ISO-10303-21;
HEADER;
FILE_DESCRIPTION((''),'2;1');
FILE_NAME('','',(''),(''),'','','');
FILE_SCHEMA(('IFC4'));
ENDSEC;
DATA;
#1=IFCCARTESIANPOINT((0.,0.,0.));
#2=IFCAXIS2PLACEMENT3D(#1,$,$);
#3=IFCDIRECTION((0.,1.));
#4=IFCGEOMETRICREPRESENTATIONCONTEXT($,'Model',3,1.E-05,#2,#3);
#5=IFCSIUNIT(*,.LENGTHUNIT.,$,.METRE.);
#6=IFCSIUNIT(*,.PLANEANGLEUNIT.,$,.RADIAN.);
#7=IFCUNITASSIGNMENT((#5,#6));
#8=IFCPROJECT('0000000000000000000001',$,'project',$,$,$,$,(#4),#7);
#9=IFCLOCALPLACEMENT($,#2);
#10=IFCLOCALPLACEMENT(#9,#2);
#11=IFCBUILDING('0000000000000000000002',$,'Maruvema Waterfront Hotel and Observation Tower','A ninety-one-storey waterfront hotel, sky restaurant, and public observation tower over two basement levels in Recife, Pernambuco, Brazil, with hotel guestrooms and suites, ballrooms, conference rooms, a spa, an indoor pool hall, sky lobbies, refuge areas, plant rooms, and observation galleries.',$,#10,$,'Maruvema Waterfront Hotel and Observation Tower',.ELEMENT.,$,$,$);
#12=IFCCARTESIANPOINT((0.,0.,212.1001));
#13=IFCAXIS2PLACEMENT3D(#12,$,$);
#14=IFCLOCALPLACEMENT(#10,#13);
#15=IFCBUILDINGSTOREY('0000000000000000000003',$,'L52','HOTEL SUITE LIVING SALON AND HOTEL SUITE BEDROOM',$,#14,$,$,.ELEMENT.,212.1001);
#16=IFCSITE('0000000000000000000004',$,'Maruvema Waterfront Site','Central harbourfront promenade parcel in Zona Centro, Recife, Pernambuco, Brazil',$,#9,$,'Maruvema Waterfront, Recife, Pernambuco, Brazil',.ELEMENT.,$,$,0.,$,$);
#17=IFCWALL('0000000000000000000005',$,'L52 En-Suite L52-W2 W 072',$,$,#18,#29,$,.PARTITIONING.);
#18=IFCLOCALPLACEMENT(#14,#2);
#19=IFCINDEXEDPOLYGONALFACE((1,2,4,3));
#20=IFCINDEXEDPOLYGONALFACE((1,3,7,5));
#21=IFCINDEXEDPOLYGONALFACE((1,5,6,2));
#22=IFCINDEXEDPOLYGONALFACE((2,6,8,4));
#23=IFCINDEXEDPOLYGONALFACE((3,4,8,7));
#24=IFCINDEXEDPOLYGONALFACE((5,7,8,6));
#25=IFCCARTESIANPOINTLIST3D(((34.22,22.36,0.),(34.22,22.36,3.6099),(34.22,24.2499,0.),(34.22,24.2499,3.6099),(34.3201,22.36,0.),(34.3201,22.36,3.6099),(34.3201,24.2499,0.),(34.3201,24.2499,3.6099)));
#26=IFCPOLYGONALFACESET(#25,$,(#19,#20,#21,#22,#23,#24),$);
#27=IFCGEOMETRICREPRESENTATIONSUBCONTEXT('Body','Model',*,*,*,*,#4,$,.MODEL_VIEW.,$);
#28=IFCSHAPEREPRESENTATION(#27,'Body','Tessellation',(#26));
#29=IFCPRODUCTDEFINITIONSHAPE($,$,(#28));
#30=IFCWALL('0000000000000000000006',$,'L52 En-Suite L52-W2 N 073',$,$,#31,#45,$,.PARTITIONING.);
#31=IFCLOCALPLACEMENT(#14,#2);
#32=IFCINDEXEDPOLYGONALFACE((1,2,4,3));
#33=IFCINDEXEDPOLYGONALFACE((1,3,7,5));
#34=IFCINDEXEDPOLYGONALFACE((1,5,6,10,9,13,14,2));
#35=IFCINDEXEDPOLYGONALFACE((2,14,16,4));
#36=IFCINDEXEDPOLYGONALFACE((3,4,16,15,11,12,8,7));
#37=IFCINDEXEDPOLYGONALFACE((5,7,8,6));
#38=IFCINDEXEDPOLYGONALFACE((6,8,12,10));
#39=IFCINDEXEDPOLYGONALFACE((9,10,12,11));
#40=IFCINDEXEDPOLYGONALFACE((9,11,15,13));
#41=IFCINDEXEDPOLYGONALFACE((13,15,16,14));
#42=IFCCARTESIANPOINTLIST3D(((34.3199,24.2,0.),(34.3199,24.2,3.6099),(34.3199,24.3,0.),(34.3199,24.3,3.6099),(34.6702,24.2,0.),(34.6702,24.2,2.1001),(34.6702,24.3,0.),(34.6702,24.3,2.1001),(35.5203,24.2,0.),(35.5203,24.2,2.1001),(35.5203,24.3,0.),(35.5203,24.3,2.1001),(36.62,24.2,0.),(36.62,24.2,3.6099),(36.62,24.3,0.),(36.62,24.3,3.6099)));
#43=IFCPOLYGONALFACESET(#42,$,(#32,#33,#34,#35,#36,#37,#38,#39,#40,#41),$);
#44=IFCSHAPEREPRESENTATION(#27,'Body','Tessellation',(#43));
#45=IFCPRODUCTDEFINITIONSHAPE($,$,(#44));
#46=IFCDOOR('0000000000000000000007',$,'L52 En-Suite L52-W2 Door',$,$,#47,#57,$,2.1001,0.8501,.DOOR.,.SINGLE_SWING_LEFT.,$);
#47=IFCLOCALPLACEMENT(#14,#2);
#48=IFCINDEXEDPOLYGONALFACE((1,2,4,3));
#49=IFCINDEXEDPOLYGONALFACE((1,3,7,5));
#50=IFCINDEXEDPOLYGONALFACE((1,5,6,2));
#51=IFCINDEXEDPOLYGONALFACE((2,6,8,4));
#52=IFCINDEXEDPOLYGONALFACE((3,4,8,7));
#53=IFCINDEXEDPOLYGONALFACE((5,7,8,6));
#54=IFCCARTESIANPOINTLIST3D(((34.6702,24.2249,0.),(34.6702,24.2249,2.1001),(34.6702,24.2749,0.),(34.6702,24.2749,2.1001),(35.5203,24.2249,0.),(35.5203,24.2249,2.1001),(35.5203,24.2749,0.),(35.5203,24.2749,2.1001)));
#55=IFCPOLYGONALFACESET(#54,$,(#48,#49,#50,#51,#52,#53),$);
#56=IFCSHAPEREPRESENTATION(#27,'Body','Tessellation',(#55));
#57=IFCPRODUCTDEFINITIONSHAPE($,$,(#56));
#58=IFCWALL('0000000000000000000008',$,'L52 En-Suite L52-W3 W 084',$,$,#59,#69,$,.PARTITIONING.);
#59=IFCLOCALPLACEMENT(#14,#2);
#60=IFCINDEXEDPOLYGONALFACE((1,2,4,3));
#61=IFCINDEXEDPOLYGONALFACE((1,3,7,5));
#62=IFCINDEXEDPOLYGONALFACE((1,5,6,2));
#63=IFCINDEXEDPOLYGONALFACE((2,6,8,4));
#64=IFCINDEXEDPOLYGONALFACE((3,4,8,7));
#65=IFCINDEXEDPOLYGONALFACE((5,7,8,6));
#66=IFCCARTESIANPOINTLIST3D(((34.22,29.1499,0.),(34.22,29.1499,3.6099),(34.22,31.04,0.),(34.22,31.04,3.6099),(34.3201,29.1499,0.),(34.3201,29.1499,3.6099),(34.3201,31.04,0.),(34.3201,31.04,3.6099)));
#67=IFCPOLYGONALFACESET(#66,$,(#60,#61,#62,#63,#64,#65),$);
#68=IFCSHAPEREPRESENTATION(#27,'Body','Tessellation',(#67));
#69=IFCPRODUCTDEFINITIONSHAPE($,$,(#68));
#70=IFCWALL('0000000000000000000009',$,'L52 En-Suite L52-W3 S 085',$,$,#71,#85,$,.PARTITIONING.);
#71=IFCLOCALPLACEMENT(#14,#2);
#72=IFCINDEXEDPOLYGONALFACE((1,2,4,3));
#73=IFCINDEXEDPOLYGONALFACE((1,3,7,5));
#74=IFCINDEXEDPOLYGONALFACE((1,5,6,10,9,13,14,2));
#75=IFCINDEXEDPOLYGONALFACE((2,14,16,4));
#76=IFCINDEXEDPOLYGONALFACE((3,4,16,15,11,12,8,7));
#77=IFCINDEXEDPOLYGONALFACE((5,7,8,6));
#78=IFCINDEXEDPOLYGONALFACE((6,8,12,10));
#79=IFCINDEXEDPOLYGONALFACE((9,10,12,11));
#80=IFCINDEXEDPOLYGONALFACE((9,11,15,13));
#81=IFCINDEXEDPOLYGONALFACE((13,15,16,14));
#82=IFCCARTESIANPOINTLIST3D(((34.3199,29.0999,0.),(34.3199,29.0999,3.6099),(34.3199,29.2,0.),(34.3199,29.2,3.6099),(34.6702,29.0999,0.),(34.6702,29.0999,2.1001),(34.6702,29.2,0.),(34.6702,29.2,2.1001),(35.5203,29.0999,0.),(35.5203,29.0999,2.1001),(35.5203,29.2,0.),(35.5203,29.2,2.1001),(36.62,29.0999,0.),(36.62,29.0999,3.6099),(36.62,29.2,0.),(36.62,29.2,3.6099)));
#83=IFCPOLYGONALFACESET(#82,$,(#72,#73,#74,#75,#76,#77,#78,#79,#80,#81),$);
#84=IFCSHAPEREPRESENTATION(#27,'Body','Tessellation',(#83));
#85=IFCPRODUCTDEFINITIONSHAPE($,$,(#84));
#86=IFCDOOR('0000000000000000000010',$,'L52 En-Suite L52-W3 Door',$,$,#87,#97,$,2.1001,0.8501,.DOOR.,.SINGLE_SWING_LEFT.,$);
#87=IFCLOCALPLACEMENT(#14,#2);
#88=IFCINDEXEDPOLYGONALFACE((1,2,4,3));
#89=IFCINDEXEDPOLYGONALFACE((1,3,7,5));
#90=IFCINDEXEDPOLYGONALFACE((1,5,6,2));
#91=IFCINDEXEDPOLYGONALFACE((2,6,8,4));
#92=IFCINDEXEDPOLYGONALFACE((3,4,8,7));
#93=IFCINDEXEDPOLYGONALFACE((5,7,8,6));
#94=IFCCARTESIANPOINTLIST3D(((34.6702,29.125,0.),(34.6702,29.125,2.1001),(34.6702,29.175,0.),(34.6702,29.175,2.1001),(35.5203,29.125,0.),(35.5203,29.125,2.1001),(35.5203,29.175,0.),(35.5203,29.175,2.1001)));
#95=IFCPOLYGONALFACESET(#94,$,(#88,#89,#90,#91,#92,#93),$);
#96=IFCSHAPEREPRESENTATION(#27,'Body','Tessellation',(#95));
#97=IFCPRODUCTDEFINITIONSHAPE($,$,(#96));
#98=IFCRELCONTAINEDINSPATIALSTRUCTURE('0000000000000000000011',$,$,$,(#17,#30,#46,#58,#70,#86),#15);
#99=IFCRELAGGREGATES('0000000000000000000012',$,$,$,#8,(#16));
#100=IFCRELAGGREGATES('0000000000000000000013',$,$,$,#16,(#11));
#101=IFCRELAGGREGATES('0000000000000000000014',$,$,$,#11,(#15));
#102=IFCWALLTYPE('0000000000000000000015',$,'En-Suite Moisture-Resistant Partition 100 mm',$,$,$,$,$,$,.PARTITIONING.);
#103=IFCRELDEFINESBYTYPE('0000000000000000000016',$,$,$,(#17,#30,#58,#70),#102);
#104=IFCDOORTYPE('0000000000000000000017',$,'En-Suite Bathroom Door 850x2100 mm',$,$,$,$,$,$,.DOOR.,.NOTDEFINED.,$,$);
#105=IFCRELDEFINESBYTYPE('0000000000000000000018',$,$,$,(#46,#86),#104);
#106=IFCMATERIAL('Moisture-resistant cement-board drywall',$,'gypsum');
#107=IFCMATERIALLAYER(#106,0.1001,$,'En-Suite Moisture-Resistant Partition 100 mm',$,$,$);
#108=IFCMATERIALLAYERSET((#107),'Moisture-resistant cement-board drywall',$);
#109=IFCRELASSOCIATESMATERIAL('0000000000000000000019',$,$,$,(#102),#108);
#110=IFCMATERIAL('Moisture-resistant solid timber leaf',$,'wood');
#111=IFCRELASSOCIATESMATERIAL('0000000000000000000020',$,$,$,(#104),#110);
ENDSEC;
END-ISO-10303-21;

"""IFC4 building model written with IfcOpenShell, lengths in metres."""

from ifc_helpers import new_model, si_unit, direction, frame, frame_2d, origin, place, context, subcontext, project, spatial, rectangle, extrude, material, layer, layer_set, type_object, element, fill, save


model = new_model("IFC4")

# Units and contexts
model_context = context("Model", 3, precision=1e-05, world=origin(), true_north=direction((0.0, 1.0)))
body_context = subcontext(model_context, "Body", "Model", "MODEL_VIEW")
ifc_project = project(units=[si_unit("LENGTHUNIT", "METRE"), si_unit("PLANEANGLEUNIT", "RADIAN")], contexts=[model_context])

# Site, building, storey
site_placement = place(None, origin())
site = spatial("IfcSite", under=ifc_project, at=site_placement, Name="Maruvema Waterfront Site", Description="Central harbourfront promenade parcel in Zona Centro, Recife, Pernambuco, Brazil", LongName="Maruvema Waterfront, Recife, Pernambuco, Brazil", CompositionType="ELEMENT", RefElevation=0.0)
building_placement = place(site_placement, origin())
building = spatial("IfcBuilding", under=site, at=building_placement, Name="Maruvema Waterfront Hotel and Observation Tower", Description="A ninety-one-storey waterfront hotel, sky restaurant, and public observation tower over two basement levels in Recife, Pernambuco, Brazil, with hotel guestrooms and suites, ballrooms, conference rooms, a spa, an indoor pool hall, sky lobbies, refuge areas, plant rooms, and observation galleries.", LongName="Maruvema Waterfront Hotel and Observation Tower", CompositionType="ELEMENT")
storey_placement = place(building_placement, frame((0.0, 0.0, 212.1001)))
storey = spatial("IfcBuildingStorey", under=building, at=storey_placement, Name="L52", Description="HOTEL SUITE LIVING SALON AND HOTEL SUITE BEDROOM", CompositionType="ELEMENT", Elevation=212.1001)

# Shared definitions
ifc_material_1 = material(Name="Moisture-resistant cement-board drywall", Category="gypsum")
ifc_layer_1 = layer(ifc_material_1, 0.1001, Name="En-Suite Moisture-Resistant Partition 100 mm")
ifc_layer_set_1 = layer_set([ifc_layer_1], Name="Moisture-resistant cement-board drywall")
wall_type_1 = type_object("IfcWallType", Name="En-Suite Moisture-Resistant Partition 100 mm", PredefinedType="PARTITIONING", material=ifc_layer_set_1)

# Shared definitions
ifc_material_2 = material(Name="Moisture-resistant solid timber leaf", Category="wood")
door_type_1 = type_object("IfcDoorType", Name="En-Suite Bathroom Door 850x2100 mm", OperationType="NOTDEFINED", PredefinedType="DOOR", material=ifc_material_2)

# Wall
wall_1_placement = place(storey_placement, frame((34.27, 22.3601, 0.0), z_axis=(0.0, 0.0, 1.0), x_axis=(0.0, 1.0, 0.0)))
element("IfcWall", 1, at=wall_1_placement, inside=storey, type_object=wall_type_1, Name="L52 En-Suite L52-W2 W 072", PredefinedType="PARTITIONING", context=body_context, shape_type="SweptSolid", body=[
    extrude(rectangle(XDim=1.8899, YDim=0.1001, at=frame_2d((0.9448, 0.0))), origin(), (0.0, 0.0, 1.0), 3.6099),
])

# Wall, opening, door
wall_2_placement = place(storey_placement, frame((34.3201, 24.25, 0.0), z_axis=(0.0, 0.0, 1.0), x_axis=(1.0, 0.0, 0.0)))
wall_2 = element("IfcWall", 2, at=wall_2_placement, inside=storey, type_object=wall_type_1, Name="L52 En-Suite L52-W2 N 073", PredefinedType="PARTITIONING", context=body_context, shape_type="SweptSolid", body=[
    extrude(rectangle(XDim=2.3, YDim=0.1001, at=frame_2d((1.1499, 0.0))), origin(), (0.0, 0.0, 1.0), 3.6099),
])
opening_1_placement = place(wall_2_placement, frame((0.3501, 0.0, 0.0)))
opening_1 = element("IfcOpeningElement", 3, at=opening_1_placement, cuts=wall_2, PredefinedType="OPENING", context=body_context, shape_type="SweptSolid", body=[
    extrude(rectangle(XDim=0.8501, YDim=2.1001, at=frame_2d((0.425, 1.05))), frame((0.0, 0.0601, 0.0), z_axis=(0.0, -1.0, 0.0), x_axis=(1.0, 0.0, 0.0)), (0.0, 0.0, 1.0), 0.1201),
])
door_1_placement = place(opening_1_placement, origin())
door_1 = element("IfcDoor", 4, at=door_1_placement, inside=storey, type_object=door_type_1, Name="L52 En-Suite L52-W2 Door", OperationType="SINGLE_SWING_LEFT", OverallHeight=2.1001, OverallWidth=0.8501, PredefinedType="DOOR", context=body_context, shape_type="SweptSolid", body=[
    extrude(rectangle(XDim=0.8501, YDim=2.1001, at=frame_2d((0.425, 1.05))), frame((0.0, 0.0249, 0.0), z_axis=(0.0, -1.0, 0.0), x_axis=(1.0, 0.0, 0.0)), (0.0, 0.0, 1.0), 0.05),
])
fill(opening_1, door_1)

# Wall
wall_3_placement = place(storey_placement, frame((34.27, 29.1499, 0.0), z_axis=(0.0, 0.0, 1.0), x_axis=(0.0, 1.0, 0.0)))
element("IfcWall", 5, at=wall_3_placement, inside=storey, type_object=wall_type_1, Name="L52 En-Suite L52-W3 W 084", PredefinedType="PARTITIONING", context=body_context, shape_type="SweptSolid", body=[
    extrude(rectangle(XDim=1.8901, YDim=0.1001, at=frame_2d((0.9451, 0.0))), origin(), (0.0, 0.0, 1.0), 3.6099),
])

# Wall, opening, door
wall_4_placement = place(storey_placement, frame((34.3201, 29.1499, 0.0), z_axis=(0.0, 0.0, 1.0), x_axis=(1.0, 0.0, 0.0)))
wall_4 = element("IfcWall", 6, at=wall_4_placement, inside=storey, type_object=wall_type_1, Name="L52 En-Suite L52-W3 S 085", PredefinedType="PARTITIONING", context=body_context, shape_type="SweptSolid", body=[
    extrude(rectangle(XDim=2.3, YDim=0.1001, at=frame_2d((1.1499, 0.0))), origin(), (0.0, 0.0, 1.0), 3.6099),
])
opening_2_placement = place(wall_4_placement, frame((0.3501, 0.0, 0.0)))
opening_2 = element("IfcOpeningElement", 7, at=opening_2_placement, cuts=wall_4, PredefinedType="OPENING", context=body_context, shape_type="SweptSolid", body=[
    extrude(rectangle(XDim=0.8501, YDim=2.1001, at=frame_2d((0.425, 1.05))), frame((0.0, 0.0601, 0.0), z_axis=(0.0, -1.0, 0.0), x_axis=(1.0, 0.0, 0.0)), (0.0, 0.0, 1.0), 0.1201),
])
door_2_placement = place(opening_2_placement, frame((0.8501, 0.0, 0.0), z_axis=(0.0, 0.0, 1.0), x_axis=(-1.0, 0.0, 0.0)))
door_2 = element("IfcDoor", 8, at=door_2_placement, inside=storey, type_object=door_type_1, Name="L52 En-Suite L52-W3 Door", OperationType="SINGLE_SWING_LEFT", OverallHeight=2.1001, OverallWidth=0.8501, PredefinedType="DOOR", context=body_context, shape_type="SweptSolid", body=[
    extrude(rectangle(XDim=0.8501, YDim=2.1001, at=frame_2d((0.425, 1.05))), frame((0.0, 0.0249, 0.0), z_axis=(0.0, -1.0, 0.0), x_axis=(1.0, 0.0, 0.0)), (0.0, 0.0, 1.0), 0.05),
])
fill(opening_2, door_2)

save(model, "model.ifc")
